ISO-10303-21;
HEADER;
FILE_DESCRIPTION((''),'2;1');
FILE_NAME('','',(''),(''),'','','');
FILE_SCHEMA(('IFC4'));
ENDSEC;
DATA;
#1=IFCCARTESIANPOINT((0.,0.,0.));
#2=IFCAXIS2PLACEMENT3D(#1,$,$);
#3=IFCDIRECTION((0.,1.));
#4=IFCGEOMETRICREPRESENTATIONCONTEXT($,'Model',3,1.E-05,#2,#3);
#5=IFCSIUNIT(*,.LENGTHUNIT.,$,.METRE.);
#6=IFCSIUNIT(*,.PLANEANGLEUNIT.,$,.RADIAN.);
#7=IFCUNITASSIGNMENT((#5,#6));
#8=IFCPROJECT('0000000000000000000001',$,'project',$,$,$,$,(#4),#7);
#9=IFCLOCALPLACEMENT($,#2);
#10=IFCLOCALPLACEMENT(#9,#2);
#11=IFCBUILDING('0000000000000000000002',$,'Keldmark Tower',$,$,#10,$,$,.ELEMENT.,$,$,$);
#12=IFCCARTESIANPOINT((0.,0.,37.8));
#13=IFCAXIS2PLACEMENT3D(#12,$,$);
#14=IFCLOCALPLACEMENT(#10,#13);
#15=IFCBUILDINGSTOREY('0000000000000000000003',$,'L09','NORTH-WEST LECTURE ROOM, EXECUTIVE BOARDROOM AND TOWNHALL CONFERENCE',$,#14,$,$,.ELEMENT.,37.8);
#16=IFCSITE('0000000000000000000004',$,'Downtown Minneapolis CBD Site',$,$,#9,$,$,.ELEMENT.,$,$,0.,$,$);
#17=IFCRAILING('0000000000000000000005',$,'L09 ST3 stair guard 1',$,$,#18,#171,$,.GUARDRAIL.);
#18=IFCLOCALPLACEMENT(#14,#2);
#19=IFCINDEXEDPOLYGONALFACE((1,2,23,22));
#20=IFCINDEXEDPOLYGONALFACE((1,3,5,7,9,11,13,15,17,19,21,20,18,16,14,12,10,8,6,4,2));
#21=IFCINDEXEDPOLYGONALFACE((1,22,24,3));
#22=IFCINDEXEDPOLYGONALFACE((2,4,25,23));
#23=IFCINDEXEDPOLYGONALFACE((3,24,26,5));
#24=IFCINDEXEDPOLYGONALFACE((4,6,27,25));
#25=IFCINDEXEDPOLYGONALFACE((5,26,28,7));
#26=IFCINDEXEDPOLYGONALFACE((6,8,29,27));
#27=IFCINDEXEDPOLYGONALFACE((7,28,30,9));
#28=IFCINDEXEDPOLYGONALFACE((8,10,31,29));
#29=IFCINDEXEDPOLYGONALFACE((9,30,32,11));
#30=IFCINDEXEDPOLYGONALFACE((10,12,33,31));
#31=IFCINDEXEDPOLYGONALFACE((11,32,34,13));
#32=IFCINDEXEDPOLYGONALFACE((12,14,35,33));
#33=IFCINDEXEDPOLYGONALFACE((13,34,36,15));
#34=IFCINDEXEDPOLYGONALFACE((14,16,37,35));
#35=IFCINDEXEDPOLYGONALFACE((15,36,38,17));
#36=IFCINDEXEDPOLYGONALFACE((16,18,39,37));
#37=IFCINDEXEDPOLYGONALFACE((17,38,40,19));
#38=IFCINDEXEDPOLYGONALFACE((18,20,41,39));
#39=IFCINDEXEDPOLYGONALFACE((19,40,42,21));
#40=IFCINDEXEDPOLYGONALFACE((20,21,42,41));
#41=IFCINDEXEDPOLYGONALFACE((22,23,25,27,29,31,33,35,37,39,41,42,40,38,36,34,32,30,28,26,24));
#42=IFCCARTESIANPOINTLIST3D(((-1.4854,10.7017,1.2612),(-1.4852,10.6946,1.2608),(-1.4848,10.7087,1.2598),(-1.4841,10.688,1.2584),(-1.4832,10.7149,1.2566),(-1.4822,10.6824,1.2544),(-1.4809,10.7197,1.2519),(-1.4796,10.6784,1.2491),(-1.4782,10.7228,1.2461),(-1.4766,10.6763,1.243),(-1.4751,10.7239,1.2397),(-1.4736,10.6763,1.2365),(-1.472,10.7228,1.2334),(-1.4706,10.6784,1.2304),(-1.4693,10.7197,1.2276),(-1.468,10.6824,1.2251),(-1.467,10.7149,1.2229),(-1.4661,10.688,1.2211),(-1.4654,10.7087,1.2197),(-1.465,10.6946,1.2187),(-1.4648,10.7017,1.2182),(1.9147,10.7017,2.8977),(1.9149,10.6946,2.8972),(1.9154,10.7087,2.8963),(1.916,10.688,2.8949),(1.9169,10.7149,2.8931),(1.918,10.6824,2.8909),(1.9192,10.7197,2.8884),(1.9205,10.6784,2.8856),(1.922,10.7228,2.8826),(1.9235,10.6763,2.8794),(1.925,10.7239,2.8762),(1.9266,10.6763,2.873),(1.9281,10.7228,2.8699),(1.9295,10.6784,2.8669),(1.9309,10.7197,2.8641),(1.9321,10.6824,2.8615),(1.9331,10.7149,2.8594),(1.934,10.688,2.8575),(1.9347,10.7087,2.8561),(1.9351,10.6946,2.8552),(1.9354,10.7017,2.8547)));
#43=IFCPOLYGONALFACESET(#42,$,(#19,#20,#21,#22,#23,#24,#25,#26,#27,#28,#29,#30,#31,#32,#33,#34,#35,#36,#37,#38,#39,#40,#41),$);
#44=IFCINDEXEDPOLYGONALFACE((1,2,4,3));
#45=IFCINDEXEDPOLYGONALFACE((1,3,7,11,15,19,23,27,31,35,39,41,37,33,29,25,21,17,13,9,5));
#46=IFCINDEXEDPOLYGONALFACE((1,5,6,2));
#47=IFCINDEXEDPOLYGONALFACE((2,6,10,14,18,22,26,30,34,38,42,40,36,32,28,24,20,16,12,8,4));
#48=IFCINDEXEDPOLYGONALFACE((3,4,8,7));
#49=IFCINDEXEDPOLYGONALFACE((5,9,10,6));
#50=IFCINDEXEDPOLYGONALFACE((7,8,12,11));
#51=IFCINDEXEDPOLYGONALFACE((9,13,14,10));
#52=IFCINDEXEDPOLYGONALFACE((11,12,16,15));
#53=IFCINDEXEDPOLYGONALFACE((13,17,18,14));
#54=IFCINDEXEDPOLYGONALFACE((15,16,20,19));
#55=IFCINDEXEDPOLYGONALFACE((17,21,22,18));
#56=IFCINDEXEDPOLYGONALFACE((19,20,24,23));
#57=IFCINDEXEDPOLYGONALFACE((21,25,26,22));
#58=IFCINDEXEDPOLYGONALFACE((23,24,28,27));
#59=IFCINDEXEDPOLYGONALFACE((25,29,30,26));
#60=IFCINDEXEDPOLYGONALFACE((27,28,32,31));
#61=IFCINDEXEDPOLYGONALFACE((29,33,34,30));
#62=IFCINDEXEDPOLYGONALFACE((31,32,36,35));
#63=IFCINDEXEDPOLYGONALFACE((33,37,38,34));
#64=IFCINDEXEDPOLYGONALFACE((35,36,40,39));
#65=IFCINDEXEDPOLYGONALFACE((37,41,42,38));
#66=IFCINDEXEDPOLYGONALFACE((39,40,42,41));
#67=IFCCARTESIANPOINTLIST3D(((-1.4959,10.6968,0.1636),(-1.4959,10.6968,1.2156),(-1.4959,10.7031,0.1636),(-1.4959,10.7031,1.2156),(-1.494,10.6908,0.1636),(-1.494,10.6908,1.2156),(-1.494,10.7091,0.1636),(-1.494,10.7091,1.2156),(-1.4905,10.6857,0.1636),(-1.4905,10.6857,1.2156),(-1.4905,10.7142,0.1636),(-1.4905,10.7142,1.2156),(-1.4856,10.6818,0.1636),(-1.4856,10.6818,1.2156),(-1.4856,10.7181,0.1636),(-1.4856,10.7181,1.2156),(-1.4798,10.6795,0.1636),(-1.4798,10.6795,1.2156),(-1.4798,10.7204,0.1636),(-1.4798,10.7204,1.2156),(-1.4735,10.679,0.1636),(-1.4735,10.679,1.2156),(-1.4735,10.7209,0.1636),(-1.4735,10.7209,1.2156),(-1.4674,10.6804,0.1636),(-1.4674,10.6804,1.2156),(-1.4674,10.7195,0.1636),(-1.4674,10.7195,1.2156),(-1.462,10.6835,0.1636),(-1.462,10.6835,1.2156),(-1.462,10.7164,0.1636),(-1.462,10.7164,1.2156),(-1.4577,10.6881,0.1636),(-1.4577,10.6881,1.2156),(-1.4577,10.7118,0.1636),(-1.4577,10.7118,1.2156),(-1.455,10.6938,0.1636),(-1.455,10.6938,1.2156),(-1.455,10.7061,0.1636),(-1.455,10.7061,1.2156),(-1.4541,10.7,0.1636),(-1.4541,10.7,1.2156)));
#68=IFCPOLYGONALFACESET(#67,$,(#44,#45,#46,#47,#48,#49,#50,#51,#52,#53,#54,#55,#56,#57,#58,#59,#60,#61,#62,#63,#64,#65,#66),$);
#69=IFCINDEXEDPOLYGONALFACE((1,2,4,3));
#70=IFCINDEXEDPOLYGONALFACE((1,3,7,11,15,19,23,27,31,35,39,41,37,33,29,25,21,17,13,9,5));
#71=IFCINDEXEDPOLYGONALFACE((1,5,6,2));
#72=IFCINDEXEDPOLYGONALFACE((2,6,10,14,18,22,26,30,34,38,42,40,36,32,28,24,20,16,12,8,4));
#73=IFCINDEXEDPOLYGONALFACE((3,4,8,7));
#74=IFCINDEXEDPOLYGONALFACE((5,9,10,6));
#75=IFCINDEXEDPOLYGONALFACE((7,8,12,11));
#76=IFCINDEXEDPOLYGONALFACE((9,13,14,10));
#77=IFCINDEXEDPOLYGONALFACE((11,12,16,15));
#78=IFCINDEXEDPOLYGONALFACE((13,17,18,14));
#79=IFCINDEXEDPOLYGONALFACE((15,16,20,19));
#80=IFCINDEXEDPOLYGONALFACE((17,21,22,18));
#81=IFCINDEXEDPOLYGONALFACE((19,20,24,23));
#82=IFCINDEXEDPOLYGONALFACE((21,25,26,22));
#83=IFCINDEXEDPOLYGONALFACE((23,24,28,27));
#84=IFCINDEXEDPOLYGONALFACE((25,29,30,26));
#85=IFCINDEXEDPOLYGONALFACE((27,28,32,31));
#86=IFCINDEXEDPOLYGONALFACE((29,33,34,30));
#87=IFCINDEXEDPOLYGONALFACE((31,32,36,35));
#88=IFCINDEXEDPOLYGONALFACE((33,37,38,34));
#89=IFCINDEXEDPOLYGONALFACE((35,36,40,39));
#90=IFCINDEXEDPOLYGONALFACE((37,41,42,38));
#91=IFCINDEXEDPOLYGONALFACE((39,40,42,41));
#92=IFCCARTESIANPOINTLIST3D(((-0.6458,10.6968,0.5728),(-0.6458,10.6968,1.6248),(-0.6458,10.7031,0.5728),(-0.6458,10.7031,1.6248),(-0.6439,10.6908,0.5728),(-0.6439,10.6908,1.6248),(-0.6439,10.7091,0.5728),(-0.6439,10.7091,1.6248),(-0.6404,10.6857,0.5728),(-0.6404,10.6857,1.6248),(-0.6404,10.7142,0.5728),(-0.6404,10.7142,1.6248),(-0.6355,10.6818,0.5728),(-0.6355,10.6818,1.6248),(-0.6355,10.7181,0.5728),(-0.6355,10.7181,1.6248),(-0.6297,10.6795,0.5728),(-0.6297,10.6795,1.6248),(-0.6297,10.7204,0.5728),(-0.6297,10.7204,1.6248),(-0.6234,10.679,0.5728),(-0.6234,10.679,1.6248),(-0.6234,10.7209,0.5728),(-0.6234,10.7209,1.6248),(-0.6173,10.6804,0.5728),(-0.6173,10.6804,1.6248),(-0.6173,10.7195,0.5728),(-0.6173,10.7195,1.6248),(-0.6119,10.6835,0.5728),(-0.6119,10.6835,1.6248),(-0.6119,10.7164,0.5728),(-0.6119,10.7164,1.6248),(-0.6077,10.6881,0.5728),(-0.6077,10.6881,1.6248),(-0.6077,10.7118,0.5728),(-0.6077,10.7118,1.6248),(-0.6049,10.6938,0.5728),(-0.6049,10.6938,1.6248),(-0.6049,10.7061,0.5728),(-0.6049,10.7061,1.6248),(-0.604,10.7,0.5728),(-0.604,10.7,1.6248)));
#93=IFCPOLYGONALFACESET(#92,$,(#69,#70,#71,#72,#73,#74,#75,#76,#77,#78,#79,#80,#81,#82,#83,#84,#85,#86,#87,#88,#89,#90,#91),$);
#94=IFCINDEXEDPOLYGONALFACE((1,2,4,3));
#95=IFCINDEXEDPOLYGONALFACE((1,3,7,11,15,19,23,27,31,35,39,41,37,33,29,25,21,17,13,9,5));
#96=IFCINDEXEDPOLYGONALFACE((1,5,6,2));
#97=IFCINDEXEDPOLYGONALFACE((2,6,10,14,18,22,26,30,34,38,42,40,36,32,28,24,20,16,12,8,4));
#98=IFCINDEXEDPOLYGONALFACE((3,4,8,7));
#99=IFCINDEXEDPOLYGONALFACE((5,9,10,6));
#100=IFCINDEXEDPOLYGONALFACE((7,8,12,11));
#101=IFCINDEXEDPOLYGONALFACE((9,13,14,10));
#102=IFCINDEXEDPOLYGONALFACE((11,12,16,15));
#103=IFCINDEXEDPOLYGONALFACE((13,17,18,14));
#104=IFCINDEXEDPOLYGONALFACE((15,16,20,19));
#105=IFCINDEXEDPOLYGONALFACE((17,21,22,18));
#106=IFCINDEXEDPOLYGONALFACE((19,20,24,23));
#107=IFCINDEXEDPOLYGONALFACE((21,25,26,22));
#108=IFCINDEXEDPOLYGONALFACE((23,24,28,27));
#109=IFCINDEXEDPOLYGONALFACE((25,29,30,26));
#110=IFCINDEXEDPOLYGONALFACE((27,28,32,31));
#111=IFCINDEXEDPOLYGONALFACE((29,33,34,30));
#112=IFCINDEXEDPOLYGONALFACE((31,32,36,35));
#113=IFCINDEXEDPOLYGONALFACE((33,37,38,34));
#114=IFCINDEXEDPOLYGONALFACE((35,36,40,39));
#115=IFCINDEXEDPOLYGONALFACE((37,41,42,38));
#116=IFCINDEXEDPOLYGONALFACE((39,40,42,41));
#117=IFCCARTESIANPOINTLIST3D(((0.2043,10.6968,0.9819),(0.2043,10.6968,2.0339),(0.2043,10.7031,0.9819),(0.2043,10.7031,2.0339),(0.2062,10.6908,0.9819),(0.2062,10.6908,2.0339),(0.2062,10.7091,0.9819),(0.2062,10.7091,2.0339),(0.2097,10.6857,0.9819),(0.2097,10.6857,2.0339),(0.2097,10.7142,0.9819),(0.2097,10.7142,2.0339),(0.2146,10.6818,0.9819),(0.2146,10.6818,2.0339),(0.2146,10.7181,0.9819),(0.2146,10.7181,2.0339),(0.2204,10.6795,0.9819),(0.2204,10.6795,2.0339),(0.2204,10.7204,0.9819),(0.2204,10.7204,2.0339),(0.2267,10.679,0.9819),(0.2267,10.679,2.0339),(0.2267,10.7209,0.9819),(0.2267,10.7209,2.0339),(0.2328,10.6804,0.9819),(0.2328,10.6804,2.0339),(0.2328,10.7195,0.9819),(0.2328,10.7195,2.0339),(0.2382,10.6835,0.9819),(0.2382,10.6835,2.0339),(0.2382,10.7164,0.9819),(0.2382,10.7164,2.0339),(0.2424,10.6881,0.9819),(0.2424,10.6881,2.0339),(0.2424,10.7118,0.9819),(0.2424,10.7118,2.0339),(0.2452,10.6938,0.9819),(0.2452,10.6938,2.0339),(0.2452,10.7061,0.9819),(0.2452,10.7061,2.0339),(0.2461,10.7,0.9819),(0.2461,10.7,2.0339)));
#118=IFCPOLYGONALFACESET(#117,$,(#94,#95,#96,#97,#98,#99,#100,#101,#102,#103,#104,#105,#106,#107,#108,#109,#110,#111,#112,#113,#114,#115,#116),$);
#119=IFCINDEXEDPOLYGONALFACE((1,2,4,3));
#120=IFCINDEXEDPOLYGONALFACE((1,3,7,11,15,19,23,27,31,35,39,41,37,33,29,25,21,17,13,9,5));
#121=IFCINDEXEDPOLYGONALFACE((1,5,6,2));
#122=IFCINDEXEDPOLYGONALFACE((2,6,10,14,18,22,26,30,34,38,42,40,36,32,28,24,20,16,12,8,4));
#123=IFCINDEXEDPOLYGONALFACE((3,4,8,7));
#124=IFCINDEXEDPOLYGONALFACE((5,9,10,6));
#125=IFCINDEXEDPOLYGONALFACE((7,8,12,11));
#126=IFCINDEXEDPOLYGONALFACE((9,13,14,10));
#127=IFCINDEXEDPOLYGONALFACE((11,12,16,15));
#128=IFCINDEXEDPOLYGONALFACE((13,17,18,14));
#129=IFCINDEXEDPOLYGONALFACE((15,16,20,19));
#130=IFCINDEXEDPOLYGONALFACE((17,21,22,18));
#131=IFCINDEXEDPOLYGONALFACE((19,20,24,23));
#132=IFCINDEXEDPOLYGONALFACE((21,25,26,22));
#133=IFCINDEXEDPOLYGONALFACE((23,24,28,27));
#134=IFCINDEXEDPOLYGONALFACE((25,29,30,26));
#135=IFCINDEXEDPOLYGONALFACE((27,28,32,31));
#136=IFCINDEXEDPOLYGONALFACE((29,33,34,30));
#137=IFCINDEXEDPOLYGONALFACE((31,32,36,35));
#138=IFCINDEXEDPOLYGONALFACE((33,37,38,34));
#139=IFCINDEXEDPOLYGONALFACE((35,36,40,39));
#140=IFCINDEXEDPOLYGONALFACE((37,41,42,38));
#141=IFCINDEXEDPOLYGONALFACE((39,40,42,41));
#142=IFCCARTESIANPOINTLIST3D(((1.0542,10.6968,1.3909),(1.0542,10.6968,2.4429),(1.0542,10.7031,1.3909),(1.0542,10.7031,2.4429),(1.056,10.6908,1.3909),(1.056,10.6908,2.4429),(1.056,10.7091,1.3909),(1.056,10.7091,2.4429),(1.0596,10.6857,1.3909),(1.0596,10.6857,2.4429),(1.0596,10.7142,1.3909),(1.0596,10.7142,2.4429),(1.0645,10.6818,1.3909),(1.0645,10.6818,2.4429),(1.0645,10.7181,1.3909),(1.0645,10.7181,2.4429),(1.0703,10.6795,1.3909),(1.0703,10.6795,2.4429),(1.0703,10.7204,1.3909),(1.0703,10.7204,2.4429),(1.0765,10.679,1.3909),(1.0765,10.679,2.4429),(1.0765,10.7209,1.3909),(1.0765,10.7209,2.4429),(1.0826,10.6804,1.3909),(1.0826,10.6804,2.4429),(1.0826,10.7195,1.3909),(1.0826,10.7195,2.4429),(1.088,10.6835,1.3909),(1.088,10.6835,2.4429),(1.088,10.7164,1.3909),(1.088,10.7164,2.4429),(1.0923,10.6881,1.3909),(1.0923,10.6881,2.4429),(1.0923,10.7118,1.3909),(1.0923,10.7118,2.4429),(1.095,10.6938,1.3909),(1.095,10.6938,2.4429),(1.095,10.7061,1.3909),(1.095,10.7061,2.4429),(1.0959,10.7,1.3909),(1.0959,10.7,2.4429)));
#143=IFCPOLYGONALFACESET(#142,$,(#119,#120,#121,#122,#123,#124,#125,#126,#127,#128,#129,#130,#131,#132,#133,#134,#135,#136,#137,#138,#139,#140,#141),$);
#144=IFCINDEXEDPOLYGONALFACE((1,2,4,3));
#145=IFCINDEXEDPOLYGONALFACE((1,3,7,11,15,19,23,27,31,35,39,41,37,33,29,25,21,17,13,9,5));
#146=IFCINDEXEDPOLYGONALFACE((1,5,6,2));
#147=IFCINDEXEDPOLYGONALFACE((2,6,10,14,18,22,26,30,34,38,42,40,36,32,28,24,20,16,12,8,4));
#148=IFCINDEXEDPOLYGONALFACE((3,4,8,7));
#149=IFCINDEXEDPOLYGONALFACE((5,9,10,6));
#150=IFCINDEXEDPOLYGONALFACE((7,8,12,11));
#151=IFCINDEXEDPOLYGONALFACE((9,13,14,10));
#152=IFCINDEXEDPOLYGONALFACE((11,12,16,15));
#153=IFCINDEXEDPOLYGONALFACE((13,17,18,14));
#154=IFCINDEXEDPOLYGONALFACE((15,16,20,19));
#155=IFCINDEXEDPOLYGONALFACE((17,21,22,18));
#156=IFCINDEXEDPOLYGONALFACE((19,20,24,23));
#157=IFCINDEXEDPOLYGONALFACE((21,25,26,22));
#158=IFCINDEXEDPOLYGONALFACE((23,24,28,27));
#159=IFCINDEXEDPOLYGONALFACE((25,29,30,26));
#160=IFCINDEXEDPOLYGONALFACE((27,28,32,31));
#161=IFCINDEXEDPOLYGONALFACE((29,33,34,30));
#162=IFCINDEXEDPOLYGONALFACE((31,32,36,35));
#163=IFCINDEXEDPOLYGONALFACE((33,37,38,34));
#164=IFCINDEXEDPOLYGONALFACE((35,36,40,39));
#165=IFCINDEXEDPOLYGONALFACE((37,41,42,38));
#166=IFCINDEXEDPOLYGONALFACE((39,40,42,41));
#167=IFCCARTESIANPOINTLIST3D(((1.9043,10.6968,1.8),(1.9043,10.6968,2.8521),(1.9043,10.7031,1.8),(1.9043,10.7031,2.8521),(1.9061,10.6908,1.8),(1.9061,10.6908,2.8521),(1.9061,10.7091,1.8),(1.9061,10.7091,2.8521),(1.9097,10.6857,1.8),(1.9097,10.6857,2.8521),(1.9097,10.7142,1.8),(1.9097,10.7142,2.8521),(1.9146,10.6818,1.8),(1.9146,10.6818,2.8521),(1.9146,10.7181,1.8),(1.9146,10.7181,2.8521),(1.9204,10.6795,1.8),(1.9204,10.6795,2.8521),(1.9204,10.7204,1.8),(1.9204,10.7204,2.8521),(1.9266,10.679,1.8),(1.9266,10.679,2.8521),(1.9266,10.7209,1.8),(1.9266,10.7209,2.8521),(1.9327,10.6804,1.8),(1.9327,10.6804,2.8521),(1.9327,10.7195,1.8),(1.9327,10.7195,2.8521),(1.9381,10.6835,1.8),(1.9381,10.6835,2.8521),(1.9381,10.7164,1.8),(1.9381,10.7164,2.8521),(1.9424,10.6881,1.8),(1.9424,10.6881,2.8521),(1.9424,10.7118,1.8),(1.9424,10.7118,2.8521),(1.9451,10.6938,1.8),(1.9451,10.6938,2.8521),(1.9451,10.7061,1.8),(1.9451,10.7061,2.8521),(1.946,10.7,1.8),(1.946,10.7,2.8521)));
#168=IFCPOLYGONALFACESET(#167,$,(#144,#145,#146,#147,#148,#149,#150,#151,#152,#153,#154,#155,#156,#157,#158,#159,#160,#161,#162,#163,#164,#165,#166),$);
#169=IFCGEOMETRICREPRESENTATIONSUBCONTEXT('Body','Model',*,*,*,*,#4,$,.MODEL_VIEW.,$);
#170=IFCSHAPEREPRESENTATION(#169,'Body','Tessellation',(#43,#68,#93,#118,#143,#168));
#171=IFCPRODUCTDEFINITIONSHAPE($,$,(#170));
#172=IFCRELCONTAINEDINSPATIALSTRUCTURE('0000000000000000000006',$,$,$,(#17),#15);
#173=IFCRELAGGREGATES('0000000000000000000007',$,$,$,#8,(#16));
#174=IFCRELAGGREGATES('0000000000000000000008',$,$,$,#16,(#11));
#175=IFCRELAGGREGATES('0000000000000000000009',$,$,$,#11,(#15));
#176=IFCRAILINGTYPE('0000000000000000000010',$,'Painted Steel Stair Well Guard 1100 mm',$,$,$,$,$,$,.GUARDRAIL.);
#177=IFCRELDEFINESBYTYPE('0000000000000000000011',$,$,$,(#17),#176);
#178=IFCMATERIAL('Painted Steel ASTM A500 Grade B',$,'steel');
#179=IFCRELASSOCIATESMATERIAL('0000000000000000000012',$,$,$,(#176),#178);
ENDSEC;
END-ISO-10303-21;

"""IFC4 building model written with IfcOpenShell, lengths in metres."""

from ifc_helpers import new_model, si_unit, direction, frame, origin, origin_2d, place, context, subcontext, project, spatial, circle, extrude, material, type_object, element, save


model = new_model("IFC4")

# Units and contexts
model_context = context("Model", 3, precision=1e-05, world=origin(), true_north=direction((0.0, 1.0)))
body_context = subcontext(model_context, "Body", "Model", "MODEL_VIEW")
ifc_project = project(units=[si_unit("LENGTHUNIT", "METRE"), si_unit("PLANEANGLEUNIT", "RADIAN")], contexts=[model_context])

# Site, building, storey
site_placement = place(None, origin())
site = spatial("IfcSite", under=ifc_project, at=site_placement, Name="Downtown Minneapolis CBD Site", CompositionType="ELEMENT", RefElevation=0.0)
building_placement = place(site_placement, origin())
building = spatial("IfcBuilding", under=site, at=building_placement, Name="Keldmark Tower", CompositionType="ELEMENT")
storey_placement = place(building_placement, frame((0.0, 0.0, 37.8)))
storey = spatial("IfcBuildingStorey", under=building, at=storey_placement, Name="L09", Description="NORTH-WEST LECTURE ROOM, EXECUTIVE BOARDROOM AND TOWNHALL CONFERENCE", CompositionType="ELEMENT", Elevation=37.8)

# Railing
ifc_material_1 = material(Name="Painted Steel ASTM A500 Grade B", Category="steel")
railing_type = type_object("IfcRailingType", Name="Painted Steel Stair Well Guard 1100 mm", PredefinedType="GUARDRAIL", material=ifc_material_1)
railing_1_placement = place(storey_placement, frame((-1.4751, 10.7, 0.1636)))
element("IfcRailing", 1, at=railing_1_placement, inside=storey, type_object=railing_type, Name="L09 ST3 stair guard 1", PredefinedType="GUARDRAIL", context=body_context, shape_type="SweptSolid", body=[
    extrude(circle(Radius=0.0239, at=origin_2d()), frame((0.0, 0.0, 1.0762), z_axis=(0.901067, 0.0, 0.433679), x_axis=(0.0, 1.0, 0.0)), (0.0, 0.0, 1.0), 3.7734),
    extrude(circle(Radius=0.021, at=origin_2d()), origin(), (0.0, 0.0, 1.0), 1.052),
    extrude(circle(Radius=0.021, at=origin_2d()), frame((0.8501, 0.0, 0.4092)), (0.0, 0.0, 1.0), 1.052),
    extrude(circle(Radius=0.021, at=origin_2d()), frame((1.7002, 0.0, 0.8184)), (0.0, 0.0, 1.0), 1.052),
    extrude(circle(Radius=0.021, at=origin_2d()), frame((2.55, 0.0, 1.2273)), (0.0, 0.0, 1.0), 1.052),
    extrude(circle(Radius=0.021, at=origin_2d()), frame((3.4001, 0.0, 1.6365)), (0.0, 0.0, 1.0), 1.052),
])

save(model, "model.ifc")
